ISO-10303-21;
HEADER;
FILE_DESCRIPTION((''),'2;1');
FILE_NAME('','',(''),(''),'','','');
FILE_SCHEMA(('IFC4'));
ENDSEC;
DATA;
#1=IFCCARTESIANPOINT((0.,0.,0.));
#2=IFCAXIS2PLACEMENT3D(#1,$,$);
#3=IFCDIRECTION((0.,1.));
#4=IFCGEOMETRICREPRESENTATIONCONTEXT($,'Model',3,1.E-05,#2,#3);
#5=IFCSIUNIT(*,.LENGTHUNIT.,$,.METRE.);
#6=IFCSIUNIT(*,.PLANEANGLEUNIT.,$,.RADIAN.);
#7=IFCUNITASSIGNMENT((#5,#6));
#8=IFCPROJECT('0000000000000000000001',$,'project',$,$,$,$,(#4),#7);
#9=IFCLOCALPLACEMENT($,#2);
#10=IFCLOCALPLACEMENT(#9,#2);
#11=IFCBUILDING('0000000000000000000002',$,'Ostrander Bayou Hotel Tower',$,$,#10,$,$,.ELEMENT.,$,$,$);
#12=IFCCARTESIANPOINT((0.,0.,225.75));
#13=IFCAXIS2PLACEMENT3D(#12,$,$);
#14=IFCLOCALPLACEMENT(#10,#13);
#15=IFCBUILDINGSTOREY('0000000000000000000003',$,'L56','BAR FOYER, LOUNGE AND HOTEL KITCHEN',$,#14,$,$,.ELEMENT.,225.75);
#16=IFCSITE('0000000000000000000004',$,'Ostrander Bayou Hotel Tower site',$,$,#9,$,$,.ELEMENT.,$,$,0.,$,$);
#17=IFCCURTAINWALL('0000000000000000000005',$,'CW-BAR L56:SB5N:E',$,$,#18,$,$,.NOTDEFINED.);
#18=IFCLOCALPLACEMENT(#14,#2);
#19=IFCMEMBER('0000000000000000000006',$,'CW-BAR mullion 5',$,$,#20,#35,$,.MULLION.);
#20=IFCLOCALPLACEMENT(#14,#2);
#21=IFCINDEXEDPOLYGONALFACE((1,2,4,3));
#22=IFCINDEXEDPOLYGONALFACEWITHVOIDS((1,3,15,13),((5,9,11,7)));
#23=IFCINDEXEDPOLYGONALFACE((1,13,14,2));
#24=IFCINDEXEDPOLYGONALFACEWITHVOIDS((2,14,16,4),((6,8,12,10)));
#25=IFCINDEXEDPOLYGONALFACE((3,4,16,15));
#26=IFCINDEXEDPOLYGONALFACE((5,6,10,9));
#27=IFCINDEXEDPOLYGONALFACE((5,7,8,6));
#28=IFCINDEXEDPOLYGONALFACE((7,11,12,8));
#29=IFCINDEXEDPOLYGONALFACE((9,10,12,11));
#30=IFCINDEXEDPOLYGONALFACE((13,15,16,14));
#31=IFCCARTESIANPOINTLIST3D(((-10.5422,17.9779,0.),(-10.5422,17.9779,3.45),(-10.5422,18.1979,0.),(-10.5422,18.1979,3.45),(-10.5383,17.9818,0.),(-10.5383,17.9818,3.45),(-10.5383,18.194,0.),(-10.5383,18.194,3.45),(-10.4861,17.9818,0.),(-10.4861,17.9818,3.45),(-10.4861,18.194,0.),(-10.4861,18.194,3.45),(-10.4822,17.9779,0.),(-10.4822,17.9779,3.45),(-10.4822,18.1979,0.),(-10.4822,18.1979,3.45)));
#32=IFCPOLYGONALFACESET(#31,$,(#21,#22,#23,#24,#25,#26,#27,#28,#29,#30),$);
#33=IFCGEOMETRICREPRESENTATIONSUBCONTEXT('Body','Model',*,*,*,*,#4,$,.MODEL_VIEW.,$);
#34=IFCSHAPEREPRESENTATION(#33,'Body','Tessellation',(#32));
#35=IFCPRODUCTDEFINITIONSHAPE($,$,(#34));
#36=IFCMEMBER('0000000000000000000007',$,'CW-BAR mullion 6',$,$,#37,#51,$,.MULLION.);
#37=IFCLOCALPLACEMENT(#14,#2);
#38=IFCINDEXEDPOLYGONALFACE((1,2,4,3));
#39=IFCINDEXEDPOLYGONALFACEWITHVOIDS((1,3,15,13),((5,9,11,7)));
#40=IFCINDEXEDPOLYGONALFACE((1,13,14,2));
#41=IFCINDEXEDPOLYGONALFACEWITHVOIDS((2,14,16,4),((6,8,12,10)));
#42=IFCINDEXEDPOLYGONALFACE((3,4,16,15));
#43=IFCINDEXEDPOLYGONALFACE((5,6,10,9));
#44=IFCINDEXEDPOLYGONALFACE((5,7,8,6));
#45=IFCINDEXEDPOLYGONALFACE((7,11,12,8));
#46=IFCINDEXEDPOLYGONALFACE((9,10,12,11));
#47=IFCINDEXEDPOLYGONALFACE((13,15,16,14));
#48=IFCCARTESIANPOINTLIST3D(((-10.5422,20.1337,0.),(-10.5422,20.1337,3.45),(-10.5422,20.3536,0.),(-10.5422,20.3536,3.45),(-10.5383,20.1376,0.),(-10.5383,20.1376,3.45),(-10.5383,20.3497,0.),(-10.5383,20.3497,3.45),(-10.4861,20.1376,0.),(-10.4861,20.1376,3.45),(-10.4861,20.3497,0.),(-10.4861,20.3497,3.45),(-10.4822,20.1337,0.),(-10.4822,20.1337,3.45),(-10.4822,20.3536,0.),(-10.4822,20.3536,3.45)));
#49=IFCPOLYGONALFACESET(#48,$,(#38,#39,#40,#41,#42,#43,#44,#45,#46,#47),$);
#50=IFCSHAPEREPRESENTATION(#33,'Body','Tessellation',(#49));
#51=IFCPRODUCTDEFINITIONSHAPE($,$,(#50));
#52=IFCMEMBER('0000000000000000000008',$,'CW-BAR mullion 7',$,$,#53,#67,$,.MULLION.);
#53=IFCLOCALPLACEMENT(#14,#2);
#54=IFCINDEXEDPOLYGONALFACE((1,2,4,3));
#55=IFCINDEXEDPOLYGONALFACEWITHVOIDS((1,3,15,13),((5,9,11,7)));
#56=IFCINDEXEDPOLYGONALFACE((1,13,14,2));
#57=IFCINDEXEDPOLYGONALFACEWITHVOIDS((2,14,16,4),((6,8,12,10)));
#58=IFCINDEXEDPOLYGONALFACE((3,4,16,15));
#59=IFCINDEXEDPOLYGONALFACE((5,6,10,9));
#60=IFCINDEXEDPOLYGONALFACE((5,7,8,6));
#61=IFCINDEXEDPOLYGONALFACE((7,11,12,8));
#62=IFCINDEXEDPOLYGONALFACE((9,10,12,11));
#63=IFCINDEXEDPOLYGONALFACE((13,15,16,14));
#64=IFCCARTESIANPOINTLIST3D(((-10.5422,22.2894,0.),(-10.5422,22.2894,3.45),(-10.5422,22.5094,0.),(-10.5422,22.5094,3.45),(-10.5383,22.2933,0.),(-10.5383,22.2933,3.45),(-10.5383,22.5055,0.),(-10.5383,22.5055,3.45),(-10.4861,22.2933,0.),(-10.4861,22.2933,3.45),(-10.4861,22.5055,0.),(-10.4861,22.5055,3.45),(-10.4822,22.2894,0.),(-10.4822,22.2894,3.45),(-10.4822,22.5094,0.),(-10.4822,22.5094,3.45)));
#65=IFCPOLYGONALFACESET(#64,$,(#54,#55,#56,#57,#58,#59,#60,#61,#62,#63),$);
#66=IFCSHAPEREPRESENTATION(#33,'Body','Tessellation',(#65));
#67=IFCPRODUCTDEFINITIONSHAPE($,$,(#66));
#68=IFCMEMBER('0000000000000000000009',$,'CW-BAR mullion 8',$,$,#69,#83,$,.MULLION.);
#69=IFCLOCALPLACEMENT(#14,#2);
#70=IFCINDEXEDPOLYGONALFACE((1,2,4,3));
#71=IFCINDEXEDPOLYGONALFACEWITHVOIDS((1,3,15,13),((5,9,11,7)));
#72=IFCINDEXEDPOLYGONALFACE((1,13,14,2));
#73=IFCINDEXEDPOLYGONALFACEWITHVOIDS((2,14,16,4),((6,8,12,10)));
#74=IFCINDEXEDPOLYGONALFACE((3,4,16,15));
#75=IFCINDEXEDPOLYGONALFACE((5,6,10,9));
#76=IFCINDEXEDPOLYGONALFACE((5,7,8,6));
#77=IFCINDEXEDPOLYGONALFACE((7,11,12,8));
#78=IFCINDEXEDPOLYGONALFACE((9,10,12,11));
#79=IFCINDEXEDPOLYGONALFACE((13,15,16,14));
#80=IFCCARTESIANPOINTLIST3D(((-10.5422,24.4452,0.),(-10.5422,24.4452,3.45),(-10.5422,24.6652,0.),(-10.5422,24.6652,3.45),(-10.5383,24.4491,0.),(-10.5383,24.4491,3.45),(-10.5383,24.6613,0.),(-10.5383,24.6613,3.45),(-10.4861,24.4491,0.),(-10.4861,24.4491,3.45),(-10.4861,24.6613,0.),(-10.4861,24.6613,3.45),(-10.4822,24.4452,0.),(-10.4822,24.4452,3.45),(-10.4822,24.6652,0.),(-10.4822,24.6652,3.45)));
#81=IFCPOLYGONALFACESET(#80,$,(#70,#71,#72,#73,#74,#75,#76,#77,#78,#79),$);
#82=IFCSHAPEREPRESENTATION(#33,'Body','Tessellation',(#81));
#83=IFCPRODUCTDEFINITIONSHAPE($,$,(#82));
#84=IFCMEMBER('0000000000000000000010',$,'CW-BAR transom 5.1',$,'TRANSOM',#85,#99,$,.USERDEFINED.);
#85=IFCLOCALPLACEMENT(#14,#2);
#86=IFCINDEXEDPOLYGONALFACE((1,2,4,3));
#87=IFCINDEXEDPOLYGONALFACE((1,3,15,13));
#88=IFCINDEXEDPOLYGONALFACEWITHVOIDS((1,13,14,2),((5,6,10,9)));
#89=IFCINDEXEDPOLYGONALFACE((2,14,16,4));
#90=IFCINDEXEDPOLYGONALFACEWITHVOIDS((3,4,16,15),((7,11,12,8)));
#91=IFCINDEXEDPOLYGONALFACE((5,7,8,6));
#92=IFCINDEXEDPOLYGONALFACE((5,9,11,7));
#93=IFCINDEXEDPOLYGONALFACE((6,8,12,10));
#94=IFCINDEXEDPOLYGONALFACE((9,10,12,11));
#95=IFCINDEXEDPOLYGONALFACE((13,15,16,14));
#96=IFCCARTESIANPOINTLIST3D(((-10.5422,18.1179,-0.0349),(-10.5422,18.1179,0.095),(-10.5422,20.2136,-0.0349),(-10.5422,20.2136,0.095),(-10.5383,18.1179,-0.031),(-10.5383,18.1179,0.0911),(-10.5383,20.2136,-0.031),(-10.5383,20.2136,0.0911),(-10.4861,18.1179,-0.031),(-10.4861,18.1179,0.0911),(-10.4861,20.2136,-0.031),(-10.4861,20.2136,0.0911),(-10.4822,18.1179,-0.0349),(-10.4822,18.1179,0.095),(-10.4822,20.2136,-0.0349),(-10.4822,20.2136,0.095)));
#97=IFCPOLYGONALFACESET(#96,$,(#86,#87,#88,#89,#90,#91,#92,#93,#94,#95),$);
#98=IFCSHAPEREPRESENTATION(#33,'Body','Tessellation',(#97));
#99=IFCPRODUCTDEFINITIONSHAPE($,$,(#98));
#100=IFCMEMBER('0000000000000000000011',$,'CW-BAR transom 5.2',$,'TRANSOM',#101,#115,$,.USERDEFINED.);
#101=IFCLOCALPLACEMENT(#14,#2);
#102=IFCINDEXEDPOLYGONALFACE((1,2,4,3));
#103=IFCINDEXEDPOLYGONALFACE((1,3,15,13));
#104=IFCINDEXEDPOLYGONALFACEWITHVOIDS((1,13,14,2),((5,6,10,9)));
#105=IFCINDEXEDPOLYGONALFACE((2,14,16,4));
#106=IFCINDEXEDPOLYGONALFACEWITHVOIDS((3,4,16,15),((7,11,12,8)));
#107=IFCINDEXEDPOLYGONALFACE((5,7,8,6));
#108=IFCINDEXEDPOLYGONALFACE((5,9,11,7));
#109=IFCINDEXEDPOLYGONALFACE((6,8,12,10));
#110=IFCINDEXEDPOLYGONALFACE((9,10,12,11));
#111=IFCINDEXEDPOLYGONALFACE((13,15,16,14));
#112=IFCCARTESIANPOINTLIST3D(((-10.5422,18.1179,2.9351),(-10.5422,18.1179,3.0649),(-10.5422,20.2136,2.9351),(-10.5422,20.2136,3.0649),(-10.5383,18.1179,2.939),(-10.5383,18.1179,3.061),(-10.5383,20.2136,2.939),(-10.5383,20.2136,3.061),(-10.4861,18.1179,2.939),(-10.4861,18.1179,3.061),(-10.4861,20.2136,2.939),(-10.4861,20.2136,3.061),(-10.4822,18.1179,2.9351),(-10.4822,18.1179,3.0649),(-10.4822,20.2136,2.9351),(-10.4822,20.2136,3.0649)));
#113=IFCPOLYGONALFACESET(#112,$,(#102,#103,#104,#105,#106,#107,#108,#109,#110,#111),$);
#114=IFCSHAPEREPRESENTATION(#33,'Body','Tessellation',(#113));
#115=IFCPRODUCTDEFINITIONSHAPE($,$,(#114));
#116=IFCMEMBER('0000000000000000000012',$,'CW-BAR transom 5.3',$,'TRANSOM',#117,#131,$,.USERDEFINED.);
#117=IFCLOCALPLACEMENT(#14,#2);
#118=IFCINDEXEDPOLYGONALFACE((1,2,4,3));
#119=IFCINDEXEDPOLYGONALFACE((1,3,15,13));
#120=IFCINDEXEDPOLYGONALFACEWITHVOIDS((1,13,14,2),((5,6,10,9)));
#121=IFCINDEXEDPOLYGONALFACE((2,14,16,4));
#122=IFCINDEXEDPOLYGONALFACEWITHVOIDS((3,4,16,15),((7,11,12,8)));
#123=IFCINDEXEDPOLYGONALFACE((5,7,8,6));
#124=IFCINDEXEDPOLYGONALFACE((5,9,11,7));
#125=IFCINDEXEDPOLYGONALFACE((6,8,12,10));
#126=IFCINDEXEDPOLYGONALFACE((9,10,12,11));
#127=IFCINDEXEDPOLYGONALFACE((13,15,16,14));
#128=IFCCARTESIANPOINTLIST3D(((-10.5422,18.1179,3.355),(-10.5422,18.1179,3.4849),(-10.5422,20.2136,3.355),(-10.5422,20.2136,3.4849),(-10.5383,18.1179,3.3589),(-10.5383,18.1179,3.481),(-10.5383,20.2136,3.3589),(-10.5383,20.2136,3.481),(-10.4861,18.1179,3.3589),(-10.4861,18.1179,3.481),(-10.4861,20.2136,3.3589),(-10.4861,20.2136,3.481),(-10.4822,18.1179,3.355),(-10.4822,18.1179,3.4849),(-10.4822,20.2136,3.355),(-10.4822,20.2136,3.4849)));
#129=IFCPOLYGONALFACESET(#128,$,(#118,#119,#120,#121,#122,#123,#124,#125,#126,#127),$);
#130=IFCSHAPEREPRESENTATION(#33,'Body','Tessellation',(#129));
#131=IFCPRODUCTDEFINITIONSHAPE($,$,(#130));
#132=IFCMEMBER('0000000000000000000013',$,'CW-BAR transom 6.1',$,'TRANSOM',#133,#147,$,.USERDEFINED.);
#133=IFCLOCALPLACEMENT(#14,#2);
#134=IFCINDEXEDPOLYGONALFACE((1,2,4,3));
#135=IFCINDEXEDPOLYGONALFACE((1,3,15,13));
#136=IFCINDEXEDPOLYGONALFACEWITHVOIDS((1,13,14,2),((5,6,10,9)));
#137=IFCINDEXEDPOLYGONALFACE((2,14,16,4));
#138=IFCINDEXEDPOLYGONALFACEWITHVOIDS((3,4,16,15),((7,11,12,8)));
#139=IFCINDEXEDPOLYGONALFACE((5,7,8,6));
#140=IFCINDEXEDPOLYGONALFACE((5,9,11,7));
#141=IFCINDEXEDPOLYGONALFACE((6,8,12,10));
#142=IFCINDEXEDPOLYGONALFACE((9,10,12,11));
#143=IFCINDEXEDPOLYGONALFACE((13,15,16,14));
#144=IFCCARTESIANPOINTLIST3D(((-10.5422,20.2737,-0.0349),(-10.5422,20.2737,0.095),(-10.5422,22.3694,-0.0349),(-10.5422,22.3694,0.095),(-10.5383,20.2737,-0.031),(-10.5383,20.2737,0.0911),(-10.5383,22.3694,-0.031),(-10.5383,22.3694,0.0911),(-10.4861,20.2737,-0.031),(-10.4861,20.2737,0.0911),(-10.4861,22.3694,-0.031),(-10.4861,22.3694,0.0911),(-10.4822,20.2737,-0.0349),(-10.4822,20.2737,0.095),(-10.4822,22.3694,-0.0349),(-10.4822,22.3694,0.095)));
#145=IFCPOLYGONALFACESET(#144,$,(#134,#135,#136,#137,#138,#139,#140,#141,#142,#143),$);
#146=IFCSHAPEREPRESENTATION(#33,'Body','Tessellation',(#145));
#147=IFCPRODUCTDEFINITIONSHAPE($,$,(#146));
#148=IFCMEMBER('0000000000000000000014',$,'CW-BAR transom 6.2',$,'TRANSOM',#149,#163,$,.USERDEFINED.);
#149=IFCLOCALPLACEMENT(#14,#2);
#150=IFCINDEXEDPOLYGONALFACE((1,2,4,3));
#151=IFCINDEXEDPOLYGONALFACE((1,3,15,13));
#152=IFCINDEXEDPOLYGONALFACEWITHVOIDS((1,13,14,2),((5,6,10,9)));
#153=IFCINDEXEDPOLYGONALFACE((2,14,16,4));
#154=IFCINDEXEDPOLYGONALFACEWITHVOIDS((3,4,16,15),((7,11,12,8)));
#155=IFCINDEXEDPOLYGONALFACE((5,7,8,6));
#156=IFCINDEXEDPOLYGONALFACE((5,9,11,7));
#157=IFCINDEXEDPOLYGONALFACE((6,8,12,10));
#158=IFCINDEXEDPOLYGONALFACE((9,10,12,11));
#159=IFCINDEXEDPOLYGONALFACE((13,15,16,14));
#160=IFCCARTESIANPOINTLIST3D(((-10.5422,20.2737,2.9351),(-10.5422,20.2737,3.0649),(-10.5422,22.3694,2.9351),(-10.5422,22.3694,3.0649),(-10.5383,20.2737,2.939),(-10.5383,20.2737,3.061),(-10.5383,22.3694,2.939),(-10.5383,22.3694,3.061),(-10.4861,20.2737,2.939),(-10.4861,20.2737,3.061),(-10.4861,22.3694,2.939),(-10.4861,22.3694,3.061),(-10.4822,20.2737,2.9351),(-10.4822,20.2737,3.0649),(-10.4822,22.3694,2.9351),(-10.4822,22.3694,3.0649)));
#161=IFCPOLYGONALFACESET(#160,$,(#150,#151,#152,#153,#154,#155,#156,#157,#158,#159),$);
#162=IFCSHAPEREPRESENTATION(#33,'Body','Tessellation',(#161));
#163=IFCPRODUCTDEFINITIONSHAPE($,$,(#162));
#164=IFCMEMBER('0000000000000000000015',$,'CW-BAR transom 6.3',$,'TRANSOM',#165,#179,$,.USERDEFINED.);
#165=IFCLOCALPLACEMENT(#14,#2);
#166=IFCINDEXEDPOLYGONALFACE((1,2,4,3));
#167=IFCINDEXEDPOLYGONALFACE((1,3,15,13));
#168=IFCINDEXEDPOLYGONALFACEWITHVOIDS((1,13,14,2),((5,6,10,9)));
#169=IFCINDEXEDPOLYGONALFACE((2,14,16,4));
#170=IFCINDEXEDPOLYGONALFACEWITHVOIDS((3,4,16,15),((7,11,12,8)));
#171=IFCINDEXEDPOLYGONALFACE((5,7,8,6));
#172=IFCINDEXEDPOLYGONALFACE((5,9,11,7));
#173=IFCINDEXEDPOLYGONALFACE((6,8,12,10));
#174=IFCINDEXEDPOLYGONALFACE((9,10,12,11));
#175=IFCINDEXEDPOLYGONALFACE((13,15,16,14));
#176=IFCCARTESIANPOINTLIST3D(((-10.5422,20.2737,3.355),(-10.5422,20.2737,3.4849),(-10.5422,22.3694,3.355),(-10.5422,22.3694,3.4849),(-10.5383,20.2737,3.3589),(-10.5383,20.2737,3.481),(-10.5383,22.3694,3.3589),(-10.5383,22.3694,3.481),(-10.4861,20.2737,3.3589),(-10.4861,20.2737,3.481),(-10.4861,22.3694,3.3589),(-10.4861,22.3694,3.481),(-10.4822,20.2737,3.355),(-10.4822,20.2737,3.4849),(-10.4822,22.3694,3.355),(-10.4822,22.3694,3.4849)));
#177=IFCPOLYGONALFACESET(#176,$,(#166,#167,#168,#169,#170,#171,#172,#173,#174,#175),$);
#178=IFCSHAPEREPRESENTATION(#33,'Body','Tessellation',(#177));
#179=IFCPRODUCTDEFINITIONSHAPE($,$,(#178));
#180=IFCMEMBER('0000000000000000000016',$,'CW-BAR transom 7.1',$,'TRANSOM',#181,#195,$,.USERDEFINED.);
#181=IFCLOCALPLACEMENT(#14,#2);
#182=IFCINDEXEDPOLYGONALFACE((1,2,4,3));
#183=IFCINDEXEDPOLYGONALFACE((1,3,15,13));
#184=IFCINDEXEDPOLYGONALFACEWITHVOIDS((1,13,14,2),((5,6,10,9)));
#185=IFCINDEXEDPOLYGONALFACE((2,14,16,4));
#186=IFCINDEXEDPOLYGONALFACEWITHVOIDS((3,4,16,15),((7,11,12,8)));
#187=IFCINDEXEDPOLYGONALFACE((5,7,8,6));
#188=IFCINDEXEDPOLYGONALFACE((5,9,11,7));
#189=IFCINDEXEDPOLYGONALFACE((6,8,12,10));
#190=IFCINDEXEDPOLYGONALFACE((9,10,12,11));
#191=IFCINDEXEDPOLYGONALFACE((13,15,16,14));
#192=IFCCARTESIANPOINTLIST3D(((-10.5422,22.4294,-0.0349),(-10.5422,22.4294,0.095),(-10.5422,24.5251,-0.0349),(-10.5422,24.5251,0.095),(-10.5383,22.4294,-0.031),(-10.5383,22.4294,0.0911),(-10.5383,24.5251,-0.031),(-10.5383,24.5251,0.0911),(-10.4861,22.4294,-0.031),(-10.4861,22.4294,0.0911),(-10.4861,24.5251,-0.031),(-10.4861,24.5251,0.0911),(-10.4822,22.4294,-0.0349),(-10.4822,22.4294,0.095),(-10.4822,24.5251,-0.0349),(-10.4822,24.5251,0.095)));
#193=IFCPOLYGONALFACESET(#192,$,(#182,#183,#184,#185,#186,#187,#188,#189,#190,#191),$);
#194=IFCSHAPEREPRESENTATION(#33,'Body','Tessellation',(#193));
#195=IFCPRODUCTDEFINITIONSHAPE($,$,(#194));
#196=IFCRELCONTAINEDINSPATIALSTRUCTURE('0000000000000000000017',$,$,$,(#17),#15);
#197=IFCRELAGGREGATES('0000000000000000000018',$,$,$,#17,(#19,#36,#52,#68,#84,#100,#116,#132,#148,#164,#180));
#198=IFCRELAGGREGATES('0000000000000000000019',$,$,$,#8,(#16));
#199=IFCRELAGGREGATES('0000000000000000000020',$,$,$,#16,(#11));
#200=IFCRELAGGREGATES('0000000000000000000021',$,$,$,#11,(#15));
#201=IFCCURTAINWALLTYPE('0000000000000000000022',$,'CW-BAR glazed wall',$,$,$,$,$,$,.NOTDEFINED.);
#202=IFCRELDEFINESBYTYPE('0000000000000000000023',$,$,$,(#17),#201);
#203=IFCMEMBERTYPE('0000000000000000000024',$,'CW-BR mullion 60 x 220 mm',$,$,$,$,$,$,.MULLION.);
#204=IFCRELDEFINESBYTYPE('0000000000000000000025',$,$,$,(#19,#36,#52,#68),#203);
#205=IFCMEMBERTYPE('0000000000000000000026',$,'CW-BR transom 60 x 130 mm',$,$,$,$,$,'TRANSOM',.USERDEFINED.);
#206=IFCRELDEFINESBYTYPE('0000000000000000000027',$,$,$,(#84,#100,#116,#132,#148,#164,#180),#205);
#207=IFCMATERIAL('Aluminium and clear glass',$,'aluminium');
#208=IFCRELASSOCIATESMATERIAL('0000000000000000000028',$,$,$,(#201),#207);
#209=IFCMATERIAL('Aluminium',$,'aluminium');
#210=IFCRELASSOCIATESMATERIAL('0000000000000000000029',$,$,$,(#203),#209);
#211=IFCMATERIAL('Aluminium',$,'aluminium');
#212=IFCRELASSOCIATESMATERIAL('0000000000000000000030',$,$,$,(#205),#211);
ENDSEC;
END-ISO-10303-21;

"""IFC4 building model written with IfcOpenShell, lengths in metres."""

from ifc_helpers import new_model, si_unit, direction, frame, origin, origin_2d, place, context, subcontext, project, spatial, hollow_rectangle, extrude, material, material_profile, profile_set, type_object, element, aggregate, save


model = new_model("IFC4")

# Units and contexts
model_context = context("Model", 3, precision=1e-05, world=origin(), true_north=direction((0.0, 1.0)))
body_context = subcontext(model_context, "Body", "Model", "MODEL_VIEW")
ifc_project = project(units=[si_unit("LENGTHUNIT", "METRE"), si_unit("PLANEANGLEUNIT", "RADIAN")], contexts=[model_context])

# Site, building, storey
site_placement = place(None, origin())
site = spatial("IfcSite", under=ifc_project, at=site_placement, Name="Ostrander Bayou Hotel Tower site", CompositionType="ELEMENT", RefElevation=0.0)
building_placement = place(site_placement, origin())
building = spatial("IfcBuilding", under=site, at=building_placement, Name="Ostrander Bayou Hotel Tower", CompositionType="ELEMENT")
storey_placement = place(building_placement, frame((0.0, 0.0, 225.75)))
storey = spatial("IfcBuildingStorey", under=building, at=storey_placement, Name="L56", Description="BAR FOYER, LOUNGE AND HOTEL KITCHEN", CompositionType="ELEMENT", Elevation=225.75)

# Curtain wall, members
ifc_material_1 = material(Name="Aluminium and clear glass", Category="aluminium")
curtain_wall_type = type_object("IfcCurtainWallType", Name="CW-BAR glazed wall", PredefinedType="NOTDEFINED", material=ifc_material_1)
curtain_wall_placement = place(storey_placement, origin())
curtain_wall = element("IfcCurtainWall", 1, at=curtain_wall_placement, inside=storey, type_object=curtain_wall_type, Name="CW-BAR L56:SB5N:E", PredefinedType="NOTDEFINED")
ifc_material_2 = material(Name="Aluminium", Category="aluminium")
ifc_material_profile_1 = material_profile(ifc_material_2, hollow_rectangle(XDim=0.0601, YDim=0.22, WallThickness=0.0039, at=origin_2d()))
ifc_profile_set_1 = profile_set([ifc_material_profile_1], Name="Aluminium")
member_type_1 = type_object("IfcMemberType", Name="CW-BR mullion 60 x 220 mm", PredefinedType="MULLION", material=ifc_profile_set_1)
member_1_placement = place(storey_placement, frame((-10.5122, 18.0879, 0.0), z_axis=(0.0, 0.0, 1.0), x_axis=(-1.0, 0.0, 0.0)))
member_1 = element("IfcMember", 2, at=member_1_placement, type_object=member_type_1, Name="CW-BAR mullion 5", PredefinedType="MULLION", context=body_context, shape_type="SweptSolid", body=[
    extrude(hollow_rectangle(XDim=0.0601, YDim=0.22, WallThickness=0.0039, at=origin_2d()), origin(), (0.0, 0.0, 1.0), 3.45),
])
member_2_placement = place(storey_placement, frame((-10.5122, 20.2437, 0.0), z_axis=(0.0, 0.0, 1.0), x_axis=(-1.0, 0.0, 0.0)))
member_2 = element("IfcMember", 3, at=member_2_placement, type_object=member_type_1, Name="CW-BAR mullion 6", PredefinedType="MULLION", context=body_context, shape_type="SweptSolid", body=[
    extrude(hollow_rectangle(XDim=0.0601, YDim=0.22, WallThickness=0.0039, at=origin_2d()), origin(), (0.0, 0.0, 1.0), 3.45),
])
member_3_placement = place(storey_placement, frame((-10.5122, 22.3994, 0.0), z_axis=(0.0, 0.0, 1.0), x_axis=(-1.0, 0.0, 0.0)))
member_3 = element("IfcMember", 4, at=member_3_placement, type_object=member_type_1, Name="CW-BAR mullion 7", PredefinedType="MULLION", context=body_context, shape_type="SweptSolid", body=[
    extrude(hollow_rectangle(XDim=0.0601, YDim=0.22, WallThickness=0.0039, at=origin_2d()), origin(), (0.0, 0.0, 1.0), 3.45),
])
member_4_placement = place(storey_placement, frame((-10.5122, 24.5552, 0.0), z_axis=(0.0, 0.0, 1.0), x_axis=(-1.0, 0.0, 0.0)))
member_4 = element("IfcMember", 5, at=member_4_placement, type_object=member_type_1, Name="CW-BAR mullion 8", PredefinedType="MULLION", context=body_context, shape_type="SweptSolid", body=[
    extrude(hollow_rectangle(XDim=0.0601, YDim=0.22, WallThickness=0.0039, at=origin_2d()), origin(), (0.0, 0.0, 1.0), 3.45),
])
ifc_material_3 = material(Name="Aluminium", Category="aluminium")
ifc_material_profile_2 = material_profile(ifc_material_3, hollow_rectangle(XDim=0.0601, YDim=0.1299, WallThickness=0.0039, at=origin_2d()))
ifc_profile_set_2 = profile_set([ifc_material_profile_2], Name="Aluminium")
member_type_2 = type_object("IfcMemberType", Name="CW-BR transom 60 x 130 mm", ElementType="TRANSOM", PredefinedType="USERDEFINED", material=ifc_profile_set_2)
member_5_placement = place(storey_placement, frame((-10.5122, 18.1179, 0.03), z_axis=(0.0, 1.0, 0.0), x_axis=(-1.0, 0.0, 0.0)))
member_5 = element("IfcMember", 6, at=member_5_placement, type_object=member_type_2, Name="CW-BAR transom 5.1", ObjectType="TRANSOM", PredefinedType="USERDEFINED", context=body_context, shape_type="SweptSolid", body=[
    extrude(hollow_rectangle(XDim=0.0601, YDim=0.1299, WallThickness=0.0039, at=origin_2d()), origin(), (0.0, 0.0, 1.0), 2.0957),
])
member_6_placement = place(storey_placement, frame((-10.5122, 18.1179, 3.0), z_axis=(0.0, 1.0, 0.0), x_axis=(-1.0, 0.0, 0.0)))
member_6 = element("IfcMember", 7, at=member_6_placement, type_object=member_type_2, Name="CW-BAR transom 5.2", ObjectType="TRANSOM", PredefinedType="USERDEFINED", context=body_context, shape_type="SweptSolid", body=[
    extrude(hollow_rectangle(XDim=0.0601, YDim=0.1299, WallThickness=0.0039, at=origin_2d()), origin(), (0.0, 0.0, 1.0), 2.0957),
])
member_7_placement = place(storey_placement, frame((-10.5122, 18.1179, 3.4199), z_axis=(0.0, 1.0, 0.0), x_axis=(-1.0, 0.0, 0.0)))
member_7 = element("IfcMember", 8, at=member_7_placement, type_object=member_type_2, Name="CW-BAR transom 5.3", ObjectType="TRANSOM", PredefinedType="USERDEFINED", context=body_context, shape_type="SweptSolid", body=[
    extrude(hollow_rectangle(XDim=0.0601, YDim=0.1299, WallThickness=0.0039, at=origin_2d()), origin(), (0.0, 0.0, 1.0), 2.0957),
])
member_8_placement = place(storey_placement, frame((-10.5122, 20.2737, 0.03), z_axis=(0.0, 1.0, 0.0), x_axis=(-1.0, 0.0, 0.0)))
member_8 = element("IfcMember", 9, at=member_8_placement, type_object=member_type_2, Name="CW-BAR transom 6.1", ObjectType="TRANSOM", PredefinedType="USERDEFINED", context=body_context, shape_type="SweptSolid", body=[
    extrude(hollow_rectangle(XDim=0.0601, YDim=0.1299, WallThickness=0.0039, at=origin_2d()), origin(), (0.0, 0.0, 1.0), 2.0957),
])
member_9_placement = place(storey_placement, frame((-10.5122, 20.2737, 3.0), z_axis=(0.0, 1.0, 0.0), x_axis=(-1.0, 0.0, 0.0)))
member_9 = element("IfcMember", 10, at=member_9_placement, type_object=member_type_2, Name="CW-BAR transom 6.2", ObjectType="TRANSOM", PredefinedType="USERDEFINED", context=body_context, shape_type="SweptSolid", body=[
    extrude(hollow_rectangle(XDim=0.0601, YDim=0.1299, WallThickness=0.0039, at=origin_2d()), origin(), (0.0, 0.0, 1.0), 2.0957),
])
member_10_placement = place(storey_placement, frame((-10.5122, 20.2737, 3.4199), z_axis=(0.0, 1.0, 0.0), x_axis=(-1.0, 0.0, 0.0)))
member_10 = element("IfcMember", 11, at=member_10_placement, type_object=member_type_2, Name="CW-BAR transom 6.3", ObjectType="TRANSOM", PredefinedType="USERDEFINED", context=body_context, shape_type="SweptSolid", body=[
    extrude(hollow_rectangle(XDim=0.0601, YDim=0.1299, WallThickness=0.0039, at=origin_2d()), origin(), (0.0, 0.0, 1.0), 2.0957),
])
member_11_placement = place(storey_placement, frame((-10.5122, 22.4294, 0.03), z_axis=(0.0, 1.0, 0.0), x_axis=(-1.0, 0.0, 0.0)))
member_11 = element("IfcMember", 12, at=member_11_placement, type_object=member_type_2, Name="CW-BAR transom 7.1", ObjectType="TRANSOM", PredefinedType="USERDEFINED", context=body_context, shape_type="SweptSolid", body=[
    extrude(hollow_rectangle(XDim=0.0601, YDim=0.1299, WallThickness=0.0039, at=origin_2d()), origin(), (0.0, 0.0, 1.0), 2.0957),
])

aggregate(curtain_wall, [member_1, member_2, member_3, member_4, member_5, member_6, member_7, member_8, member_9, member_10, member_11])

save(model, "model.ifc")
